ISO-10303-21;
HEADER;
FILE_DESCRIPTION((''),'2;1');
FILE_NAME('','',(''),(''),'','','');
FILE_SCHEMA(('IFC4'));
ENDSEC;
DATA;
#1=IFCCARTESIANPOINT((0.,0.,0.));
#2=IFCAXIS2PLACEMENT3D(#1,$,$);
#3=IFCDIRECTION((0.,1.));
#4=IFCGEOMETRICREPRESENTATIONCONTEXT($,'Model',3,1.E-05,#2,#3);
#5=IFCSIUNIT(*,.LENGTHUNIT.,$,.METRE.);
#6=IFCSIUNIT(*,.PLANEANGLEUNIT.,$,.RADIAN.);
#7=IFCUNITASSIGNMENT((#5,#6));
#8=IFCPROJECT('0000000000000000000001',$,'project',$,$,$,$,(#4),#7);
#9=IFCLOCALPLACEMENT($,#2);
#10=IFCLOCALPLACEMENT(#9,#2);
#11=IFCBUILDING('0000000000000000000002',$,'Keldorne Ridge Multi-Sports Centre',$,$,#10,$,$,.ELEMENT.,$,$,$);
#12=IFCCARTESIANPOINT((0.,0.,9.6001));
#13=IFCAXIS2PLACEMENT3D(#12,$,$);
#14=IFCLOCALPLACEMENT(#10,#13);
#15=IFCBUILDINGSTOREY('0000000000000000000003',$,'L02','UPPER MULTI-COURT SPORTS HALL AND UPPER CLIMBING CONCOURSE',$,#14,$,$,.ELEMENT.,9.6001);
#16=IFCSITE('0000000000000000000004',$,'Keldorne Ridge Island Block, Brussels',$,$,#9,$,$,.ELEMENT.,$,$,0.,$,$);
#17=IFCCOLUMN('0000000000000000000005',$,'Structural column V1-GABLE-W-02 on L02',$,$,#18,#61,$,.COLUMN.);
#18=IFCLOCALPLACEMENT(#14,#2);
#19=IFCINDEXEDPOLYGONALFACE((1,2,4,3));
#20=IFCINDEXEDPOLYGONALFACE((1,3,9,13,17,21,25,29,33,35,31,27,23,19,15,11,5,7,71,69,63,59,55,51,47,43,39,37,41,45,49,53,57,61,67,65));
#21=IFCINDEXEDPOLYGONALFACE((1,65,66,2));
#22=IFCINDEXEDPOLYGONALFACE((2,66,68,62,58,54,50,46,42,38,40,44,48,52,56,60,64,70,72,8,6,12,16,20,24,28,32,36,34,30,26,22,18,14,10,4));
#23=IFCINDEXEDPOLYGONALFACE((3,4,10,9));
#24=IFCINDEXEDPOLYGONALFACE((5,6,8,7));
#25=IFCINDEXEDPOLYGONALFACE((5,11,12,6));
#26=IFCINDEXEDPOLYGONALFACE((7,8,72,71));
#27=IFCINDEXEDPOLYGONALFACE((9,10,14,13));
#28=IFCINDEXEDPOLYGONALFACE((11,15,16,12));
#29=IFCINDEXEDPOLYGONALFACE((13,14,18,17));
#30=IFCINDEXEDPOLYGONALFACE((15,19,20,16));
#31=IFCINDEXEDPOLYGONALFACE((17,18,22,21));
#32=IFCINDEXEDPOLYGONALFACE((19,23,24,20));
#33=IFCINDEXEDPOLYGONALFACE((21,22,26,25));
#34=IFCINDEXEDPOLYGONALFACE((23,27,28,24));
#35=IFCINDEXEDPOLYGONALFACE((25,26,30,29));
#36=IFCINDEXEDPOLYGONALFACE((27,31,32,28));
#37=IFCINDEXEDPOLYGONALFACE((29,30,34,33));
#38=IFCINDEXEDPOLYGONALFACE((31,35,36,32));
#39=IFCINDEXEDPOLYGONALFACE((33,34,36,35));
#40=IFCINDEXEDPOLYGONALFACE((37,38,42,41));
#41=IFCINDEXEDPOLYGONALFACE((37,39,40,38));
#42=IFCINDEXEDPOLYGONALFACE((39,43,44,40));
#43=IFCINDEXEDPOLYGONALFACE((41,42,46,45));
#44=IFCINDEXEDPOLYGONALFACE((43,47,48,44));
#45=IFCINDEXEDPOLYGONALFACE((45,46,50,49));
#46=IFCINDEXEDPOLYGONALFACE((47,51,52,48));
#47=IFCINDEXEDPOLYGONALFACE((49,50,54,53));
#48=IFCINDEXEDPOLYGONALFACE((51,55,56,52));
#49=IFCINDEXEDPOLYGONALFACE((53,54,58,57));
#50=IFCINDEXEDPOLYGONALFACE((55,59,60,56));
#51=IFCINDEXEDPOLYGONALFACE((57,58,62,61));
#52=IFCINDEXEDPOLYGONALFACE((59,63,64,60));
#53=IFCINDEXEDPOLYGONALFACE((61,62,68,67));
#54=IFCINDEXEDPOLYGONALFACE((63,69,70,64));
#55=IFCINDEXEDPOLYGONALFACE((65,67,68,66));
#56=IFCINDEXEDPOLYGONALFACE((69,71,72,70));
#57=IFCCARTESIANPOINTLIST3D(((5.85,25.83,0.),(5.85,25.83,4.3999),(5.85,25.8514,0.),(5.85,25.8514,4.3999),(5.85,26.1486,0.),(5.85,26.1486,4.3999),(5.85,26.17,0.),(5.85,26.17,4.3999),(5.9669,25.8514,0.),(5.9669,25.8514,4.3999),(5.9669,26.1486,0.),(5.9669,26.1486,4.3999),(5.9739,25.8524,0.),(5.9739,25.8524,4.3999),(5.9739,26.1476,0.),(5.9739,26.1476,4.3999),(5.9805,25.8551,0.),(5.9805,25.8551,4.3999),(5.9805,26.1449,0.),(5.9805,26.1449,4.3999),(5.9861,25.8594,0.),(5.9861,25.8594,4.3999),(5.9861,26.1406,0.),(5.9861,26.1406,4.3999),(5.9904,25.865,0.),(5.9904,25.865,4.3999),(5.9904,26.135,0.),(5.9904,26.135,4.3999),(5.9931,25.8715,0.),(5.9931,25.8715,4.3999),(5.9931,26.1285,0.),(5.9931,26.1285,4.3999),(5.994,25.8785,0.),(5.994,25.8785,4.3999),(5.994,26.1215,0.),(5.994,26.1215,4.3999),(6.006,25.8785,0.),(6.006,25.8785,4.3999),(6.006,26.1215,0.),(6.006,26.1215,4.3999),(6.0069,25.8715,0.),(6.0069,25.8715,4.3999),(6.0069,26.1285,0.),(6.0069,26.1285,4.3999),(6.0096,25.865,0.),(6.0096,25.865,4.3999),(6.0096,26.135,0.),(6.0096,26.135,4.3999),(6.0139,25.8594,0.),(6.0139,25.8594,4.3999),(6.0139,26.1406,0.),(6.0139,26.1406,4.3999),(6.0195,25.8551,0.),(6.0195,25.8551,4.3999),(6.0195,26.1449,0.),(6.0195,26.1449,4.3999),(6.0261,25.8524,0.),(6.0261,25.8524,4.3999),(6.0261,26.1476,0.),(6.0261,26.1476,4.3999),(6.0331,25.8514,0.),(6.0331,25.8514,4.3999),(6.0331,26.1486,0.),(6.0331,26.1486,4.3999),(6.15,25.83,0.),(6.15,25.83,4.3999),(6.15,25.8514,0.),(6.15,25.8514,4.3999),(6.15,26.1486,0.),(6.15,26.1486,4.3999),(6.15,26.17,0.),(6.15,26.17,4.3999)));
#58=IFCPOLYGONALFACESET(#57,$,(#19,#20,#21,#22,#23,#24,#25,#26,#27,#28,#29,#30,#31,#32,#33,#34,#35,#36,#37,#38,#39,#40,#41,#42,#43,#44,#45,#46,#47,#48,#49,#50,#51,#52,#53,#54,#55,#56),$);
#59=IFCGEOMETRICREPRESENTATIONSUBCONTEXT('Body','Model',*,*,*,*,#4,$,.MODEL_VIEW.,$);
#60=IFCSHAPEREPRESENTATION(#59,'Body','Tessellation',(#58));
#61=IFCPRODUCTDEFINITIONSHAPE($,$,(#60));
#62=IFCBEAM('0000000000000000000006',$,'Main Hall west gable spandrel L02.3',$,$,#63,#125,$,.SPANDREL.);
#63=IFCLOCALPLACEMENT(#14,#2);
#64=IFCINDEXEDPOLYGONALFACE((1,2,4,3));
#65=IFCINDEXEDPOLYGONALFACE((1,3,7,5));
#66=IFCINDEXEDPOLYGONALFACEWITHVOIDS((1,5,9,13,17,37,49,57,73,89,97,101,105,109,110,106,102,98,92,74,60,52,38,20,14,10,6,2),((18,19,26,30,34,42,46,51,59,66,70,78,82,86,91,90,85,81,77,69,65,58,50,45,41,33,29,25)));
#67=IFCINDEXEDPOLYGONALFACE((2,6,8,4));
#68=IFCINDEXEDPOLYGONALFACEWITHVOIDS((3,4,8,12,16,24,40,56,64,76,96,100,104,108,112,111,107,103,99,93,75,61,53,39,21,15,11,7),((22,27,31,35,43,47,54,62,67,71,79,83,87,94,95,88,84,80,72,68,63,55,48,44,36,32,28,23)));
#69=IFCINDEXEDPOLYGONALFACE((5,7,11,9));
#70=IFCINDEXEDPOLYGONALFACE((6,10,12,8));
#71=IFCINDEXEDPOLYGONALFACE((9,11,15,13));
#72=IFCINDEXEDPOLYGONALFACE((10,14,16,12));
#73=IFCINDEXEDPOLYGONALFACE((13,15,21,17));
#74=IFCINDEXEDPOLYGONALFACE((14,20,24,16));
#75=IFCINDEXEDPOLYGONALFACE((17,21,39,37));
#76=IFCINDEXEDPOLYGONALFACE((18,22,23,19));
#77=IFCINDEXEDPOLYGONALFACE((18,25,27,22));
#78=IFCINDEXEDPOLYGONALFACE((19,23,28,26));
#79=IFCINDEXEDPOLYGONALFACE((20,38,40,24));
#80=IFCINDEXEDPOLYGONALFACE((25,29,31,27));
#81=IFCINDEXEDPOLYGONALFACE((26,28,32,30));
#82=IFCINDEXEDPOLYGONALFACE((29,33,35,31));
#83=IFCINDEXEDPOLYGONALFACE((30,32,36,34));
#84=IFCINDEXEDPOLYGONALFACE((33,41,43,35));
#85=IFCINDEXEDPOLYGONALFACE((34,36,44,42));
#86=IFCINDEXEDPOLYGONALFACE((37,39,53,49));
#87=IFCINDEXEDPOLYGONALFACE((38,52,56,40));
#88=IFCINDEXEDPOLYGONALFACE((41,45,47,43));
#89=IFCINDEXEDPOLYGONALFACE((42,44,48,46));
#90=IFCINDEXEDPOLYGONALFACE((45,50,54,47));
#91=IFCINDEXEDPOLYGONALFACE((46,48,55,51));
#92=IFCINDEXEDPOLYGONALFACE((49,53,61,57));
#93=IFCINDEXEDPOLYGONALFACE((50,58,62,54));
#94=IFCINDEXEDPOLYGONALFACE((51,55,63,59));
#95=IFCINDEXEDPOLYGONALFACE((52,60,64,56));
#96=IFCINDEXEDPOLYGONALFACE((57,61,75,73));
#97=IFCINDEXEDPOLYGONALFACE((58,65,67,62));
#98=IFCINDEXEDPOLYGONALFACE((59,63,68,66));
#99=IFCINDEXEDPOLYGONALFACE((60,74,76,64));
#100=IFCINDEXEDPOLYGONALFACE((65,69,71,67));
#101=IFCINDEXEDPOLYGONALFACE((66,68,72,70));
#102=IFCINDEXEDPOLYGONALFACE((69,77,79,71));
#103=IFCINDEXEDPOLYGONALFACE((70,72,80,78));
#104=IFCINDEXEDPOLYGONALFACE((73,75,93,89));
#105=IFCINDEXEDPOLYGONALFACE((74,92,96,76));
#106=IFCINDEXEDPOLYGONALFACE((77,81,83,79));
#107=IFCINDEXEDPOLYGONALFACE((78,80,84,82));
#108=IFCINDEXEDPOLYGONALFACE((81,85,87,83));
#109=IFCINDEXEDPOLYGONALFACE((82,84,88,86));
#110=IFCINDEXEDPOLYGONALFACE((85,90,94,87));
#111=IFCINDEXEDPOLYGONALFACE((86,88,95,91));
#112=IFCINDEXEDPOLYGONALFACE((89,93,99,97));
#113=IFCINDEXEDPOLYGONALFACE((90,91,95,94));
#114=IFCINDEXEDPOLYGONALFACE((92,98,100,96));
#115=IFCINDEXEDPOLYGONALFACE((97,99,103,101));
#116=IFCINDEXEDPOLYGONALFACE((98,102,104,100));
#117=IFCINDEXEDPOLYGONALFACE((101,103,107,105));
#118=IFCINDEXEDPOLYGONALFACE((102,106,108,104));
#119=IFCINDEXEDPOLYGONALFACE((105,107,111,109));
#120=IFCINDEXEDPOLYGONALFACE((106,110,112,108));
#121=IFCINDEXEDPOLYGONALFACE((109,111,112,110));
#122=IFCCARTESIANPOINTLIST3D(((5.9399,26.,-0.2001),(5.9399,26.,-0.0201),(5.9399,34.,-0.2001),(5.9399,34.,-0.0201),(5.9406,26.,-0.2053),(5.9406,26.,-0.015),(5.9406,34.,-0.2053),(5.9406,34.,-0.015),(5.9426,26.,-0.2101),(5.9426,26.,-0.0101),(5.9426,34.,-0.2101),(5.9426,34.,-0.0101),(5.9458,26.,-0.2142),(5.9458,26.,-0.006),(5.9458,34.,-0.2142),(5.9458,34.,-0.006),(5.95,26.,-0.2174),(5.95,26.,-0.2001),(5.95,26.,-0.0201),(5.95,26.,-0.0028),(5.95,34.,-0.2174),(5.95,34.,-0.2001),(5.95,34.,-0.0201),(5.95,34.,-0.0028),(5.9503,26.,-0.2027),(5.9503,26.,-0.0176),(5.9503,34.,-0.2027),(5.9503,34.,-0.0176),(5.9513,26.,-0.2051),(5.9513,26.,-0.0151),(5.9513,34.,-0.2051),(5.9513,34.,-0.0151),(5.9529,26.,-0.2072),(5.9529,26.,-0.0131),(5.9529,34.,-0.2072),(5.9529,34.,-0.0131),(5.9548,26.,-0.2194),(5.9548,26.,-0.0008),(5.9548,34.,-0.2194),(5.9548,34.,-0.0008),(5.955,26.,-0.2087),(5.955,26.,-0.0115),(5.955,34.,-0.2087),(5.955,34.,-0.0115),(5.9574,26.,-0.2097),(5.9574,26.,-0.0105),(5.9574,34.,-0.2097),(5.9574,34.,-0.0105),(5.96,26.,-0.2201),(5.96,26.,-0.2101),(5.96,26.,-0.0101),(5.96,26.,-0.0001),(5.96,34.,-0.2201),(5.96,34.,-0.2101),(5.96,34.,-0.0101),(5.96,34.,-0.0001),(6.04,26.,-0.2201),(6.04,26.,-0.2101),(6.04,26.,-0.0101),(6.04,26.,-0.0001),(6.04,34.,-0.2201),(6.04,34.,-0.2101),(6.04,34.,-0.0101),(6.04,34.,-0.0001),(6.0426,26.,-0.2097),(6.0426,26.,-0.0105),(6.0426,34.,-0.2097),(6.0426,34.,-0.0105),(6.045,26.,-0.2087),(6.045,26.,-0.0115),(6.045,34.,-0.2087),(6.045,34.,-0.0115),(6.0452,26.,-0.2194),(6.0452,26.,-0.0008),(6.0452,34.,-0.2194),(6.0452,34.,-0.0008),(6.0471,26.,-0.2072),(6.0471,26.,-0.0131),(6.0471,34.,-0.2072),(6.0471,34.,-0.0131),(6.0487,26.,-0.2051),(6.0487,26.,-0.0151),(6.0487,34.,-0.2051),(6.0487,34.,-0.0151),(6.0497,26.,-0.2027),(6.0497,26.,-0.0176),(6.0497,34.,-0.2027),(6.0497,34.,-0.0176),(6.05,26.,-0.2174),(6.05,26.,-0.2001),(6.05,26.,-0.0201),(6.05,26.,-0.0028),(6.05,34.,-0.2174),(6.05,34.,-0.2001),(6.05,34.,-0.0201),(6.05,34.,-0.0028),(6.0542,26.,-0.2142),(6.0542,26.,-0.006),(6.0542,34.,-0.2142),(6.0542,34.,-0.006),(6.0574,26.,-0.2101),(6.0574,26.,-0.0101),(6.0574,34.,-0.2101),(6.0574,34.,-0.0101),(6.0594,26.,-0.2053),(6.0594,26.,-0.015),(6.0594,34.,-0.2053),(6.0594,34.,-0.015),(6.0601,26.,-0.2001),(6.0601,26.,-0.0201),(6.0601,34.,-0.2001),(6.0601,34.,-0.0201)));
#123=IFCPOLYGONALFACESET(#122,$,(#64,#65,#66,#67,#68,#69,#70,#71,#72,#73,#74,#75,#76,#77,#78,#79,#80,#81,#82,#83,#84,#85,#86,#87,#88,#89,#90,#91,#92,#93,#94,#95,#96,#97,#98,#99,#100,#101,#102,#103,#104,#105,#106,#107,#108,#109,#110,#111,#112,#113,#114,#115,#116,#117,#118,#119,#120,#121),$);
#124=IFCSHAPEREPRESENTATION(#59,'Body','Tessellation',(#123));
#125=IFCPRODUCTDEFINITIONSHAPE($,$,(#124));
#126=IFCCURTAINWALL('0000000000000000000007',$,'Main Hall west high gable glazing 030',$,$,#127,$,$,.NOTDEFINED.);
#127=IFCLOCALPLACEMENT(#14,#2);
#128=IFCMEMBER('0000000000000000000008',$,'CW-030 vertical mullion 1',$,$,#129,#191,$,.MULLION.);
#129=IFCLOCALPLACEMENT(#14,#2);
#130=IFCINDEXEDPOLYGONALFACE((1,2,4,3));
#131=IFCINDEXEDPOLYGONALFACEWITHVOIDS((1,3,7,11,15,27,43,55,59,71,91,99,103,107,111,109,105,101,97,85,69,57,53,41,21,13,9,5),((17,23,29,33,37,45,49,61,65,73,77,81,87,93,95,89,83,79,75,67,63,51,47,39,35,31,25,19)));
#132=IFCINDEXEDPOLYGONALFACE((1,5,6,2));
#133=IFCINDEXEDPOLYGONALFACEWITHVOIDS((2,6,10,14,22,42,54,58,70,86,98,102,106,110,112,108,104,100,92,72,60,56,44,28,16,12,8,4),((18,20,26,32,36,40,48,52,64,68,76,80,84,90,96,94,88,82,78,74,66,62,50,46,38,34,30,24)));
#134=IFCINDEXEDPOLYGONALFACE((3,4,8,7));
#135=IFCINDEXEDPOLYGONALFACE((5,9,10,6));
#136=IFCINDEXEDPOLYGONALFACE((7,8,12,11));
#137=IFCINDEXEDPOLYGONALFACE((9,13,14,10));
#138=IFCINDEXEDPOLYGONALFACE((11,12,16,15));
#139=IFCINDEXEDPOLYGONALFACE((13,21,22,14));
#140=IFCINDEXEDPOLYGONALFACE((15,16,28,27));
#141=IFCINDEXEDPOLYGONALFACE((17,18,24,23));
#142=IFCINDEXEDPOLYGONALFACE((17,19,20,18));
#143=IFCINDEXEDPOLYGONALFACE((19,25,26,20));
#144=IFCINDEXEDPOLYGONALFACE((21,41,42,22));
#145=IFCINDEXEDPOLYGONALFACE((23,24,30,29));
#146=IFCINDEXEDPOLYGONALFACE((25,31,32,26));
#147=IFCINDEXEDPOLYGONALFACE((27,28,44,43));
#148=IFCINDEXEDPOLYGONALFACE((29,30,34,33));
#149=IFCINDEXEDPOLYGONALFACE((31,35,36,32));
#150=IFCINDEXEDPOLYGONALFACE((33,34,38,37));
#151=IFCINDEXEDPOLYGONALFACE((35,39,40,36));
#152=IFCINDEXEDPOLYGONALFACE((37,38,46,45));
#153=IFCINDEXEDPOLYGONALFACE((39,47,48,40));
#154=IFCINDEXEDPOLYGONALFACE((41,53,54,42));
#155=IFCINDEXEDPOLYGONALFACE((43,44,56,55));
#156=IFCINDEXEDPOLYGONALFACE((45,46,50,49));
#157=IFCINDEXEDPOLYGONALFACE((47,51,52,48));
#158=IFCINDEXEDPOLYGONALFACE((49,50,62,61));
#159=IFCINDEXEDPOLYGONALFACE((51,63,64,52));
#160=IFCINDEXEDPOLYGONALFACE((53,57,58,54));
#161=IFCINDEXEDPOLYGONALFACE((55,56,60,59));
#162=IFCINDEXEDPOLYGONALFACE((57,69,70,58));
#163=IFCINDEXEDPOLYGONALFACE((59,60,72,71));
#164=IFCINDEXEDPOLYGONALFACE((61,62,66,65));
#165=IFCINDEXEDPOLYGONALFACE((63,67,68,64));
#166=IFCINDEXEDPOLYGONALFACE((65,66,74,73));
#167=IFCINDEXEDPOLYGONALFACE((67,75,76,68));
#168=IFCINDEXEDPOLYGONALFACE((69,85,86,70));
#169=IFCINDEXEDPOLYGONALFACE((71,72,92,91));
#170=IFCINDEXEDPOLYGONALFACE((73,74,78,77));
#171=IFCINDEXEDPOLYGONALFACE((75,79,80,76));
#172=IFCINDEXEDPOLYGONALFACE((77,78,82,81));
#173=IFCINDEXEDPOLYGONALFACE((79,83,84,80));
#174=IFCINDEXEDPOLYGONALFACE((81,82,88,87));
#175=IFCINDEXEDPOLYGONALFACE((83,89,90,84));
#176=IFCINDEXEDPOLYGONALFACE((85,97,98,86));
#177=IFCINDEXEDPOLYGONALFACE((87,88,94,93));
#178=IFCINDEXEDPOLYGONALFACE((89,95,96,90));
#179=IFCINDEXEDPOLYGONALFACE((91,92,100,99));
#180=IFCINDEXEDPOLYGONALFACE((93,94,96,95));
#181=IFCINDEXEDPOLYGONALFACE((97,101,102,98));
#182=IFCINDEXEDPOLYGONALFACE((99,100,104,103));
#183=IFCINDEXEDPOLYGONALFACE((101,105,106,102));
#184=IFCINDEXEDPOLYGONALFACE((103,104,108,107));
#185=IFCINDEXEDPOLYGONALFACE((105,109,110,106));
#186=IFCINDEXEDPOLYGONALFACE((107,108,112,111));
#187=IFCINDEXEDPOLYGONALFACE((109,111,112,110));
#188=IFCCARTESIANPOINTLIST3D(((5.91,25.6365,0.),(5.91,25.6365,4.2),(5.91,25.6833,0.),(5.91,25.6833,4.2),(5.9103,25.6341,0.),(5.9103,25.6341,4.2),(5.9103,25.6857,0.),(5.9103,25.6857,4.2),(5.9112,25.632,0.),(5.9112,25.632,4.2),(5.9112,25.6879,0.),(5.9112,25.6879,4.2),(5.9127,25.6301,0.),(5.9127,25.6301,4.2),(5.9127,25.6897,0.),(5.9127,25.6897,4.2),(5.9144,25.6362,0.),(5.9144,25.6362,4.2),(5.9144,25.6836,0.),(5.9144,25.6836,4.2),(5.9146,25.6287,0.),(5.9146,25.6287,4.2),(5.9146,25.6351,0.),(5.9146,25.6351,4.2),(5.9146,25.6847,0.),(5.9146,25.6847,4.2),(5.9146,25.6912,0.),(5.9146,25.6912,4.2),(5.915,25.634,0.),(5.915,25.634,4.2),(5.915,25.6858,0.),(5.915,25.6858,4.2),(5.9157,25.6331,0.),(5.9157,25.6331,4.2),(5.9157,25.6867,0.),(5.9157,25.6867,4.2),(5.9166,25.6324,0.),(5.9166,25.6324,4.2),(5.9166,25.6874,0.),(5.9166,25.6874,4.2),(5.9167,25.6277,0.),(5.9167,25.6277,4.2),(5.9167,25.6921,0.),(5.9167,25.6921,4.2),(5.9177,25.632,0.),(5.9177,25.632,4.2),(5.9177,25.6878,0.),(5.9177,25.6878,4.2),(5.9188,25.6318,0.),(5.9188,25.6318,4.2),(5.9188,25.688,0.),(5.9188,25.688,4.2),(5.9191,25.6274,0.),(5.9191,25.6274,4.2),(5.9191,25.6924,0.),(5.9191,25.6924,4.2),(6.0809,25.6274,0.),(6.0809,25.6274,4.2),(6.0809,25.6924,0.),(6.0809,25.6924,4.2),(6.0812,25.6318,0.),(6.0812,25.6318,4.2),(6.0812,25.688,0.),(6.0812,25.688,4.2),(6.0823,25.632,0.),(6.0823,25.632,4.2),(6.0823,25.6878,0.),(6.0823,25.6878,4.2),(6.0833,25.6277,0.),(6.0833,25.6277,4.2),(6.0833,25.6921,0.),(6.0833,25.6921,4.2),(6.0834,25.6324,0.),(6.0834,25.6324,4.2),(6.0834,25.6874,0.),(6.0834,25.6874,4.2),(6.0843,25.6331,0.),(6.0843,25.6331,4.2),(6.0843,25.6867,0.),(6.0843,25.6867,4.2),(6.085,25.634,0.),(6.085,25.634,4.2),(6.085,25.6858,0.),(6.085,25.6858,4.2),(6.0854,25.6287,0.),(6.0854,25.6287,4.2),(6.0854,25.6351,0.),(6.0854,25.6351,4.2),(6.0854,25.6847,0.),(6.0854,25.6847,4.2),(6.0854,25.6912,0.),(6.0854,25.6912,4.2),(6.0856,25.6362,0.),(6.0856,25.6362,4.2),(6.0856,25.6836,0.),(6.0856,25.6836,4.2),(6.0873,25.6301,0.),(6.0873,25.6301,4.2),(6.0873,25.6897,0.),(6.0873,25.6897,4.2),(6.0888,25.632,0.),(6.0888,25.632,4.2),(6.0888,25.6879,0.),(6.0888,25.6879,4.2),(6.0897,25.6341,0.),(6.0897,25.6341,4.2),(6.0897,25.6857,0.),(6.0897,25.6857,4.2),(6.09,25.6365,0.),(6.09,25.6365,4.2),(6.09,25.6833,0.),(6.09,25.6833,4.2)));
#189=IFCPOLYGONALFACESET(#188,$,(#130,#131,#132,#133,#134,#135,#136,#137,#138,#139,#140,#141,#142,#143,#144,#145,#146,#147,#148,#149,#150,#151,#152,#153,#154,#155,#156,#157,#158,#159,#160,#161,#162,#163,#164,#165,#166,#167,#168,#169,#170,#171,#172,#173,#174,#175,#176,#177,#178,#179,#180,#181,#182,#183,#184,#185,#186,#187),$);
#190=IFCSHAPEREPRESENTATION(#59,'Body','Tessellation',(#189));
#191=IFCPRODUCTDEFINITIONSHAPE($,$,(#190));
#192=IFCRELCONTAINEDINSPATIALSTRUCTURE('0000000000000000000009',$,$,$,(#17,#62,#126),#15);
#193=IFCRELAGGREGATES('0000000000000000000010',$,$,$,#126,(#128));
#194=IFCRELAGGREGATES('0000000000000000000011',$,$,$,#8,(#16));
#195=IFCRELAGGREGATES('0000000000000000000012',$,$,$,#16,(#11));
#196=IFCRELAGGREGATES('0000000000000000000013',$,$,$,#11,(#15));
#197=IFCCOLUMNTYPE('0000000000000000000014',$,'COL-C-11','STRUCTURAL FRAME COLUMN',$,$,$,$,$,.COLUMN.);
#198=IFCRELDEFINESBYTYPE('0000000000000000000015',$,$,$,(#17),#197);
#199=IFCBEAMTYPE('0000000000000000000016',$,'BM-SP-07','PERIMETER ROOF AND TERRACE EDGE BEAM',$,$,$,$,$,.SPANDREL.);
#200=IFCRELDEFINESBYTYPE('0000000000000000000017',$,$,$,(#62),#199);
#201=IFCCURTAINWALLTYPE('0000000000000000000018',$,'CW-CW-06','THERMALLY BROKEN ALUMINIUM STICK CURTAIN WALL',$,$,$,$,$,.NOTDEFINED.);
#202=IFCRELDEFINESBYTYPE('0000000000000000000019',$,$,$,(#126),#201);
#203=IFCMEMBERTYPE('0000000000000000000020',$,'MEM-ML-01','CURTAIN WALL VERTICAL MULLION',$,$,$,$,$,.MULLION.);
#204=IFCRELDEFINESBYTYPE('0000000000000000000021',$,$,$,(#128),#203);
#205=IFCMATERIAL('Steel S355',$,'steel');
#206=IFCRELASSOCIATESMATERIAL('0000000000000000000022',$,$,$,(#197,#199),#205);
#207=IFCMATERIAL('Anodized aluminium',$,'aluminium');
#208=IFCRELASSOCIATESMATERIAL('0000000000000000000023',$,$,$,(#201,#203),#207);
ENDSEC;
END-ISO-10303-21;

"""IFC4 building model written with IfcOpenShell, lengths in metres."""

from ifc_helpers import new_model, si_unit, direction, frame, origin, origin_2d, place, context, subcontext, project, spatial, hollow_rectangle, i_section, extrude, material, material_profile, profile_set, type_object, element, aggregate, save


model = new_model("IFC4")

# Units and contexts
model_context = context("Model", 3, precision=1e-05, world=origin(), true_north=direction((0.0, 1.0)))
body_context = subcontext(model_context, "Body", "Model", "MODEL_VIEW")
ifc_project = project(units=[si_unit("LENGTHUNIT", "METRE"), si_unit("PLANEANGLEUNIT", "RADIAN")], contexts=[model_context])

# Site, building, storey
site_placement = place(None, origin())
site = spatial("IfcSite", under=ifc_project, at=site_placement, Name="Keldorne Ridge Island Block, Brussels", CompositionType="ELEMENT", RefElevation=0.0)
building_placement = place(site_placement, origin())
building = spatial("IfcBuilding", under=site, at=building_placement, Name="Keldorne Ridge Multi-Sports Centre", CompositionType="ELEMENT")
storey_placement = place(building_placement, frame((0.0, 0.0, 9.6001)))
storey = spatial("IfcBuildingStorey", under=building, at=storey_placement, Name="L02", Description="UPPER MULTI-COURT SPORTS HALL AND UPPER CLIMBING CONCOURSE", CompositionType="ELEMENT", Elevation=9.6001)

# Column
ifc_material_1 = material(Name="Steel S355", Category="steel")
ifc_material_profile_1 = material_profile(ifc_material_1, i_section(OverallWidth=0.3, OverallDepth=0.3401, WebThickness=0.012, FlangeThickness=0.0215, FilletRadius=0.0271, at=origin_2d()), Name="HEB 340")
ifc_profile_set_1 = profile_set([ifc_material_profile_1], Name="Steel S355")
column_type = type_object("IfcColumnType", Name="COL-C-11", Description="STRUCTURAL FRAME COLUMN", PredefinedType="COLUMN", material=ifc_profile_set_1)
column_placement = place(storey_placement, frame((6.0, 26.0, 0.0), z_axis=(0.0, 0.0, 1.0), x_axis=(1.0, 0.0, 0.0)))
element("IfcColumn", 1, at=column_placement, inside=storey, type_object=column_type, Name="Structural column V1-GABLE-W-02 on L02", PredefinedType="COLUMN", context=body_context, shape_type="SweptSolid", body=[
    extrude(i_section(OverallWidth=0.3, OverallDepth=0.3401, WebThickness=0.012, FlangeThickness=0.0215, FilletRadius=0.0271, at=origin_2d()), origin(), (0.0, 0.0, 1.0), 4.3999),
])

# Beam
ifc_material_profile_2 = material_profile(ifc_material_1, hollow_rectangle(XDim=0.1201, YDim=0.22, WallThickness=0.01, InnerFilletRadius=0.01, OuterFilletRadius=0.02, at=origin_2d()), Name="RHS 220x120x10")
ifc_profile_set_2 = profile_set([ifc_material_profile_2], Name="Steel S355")
beam_type = type_object("IfcBeamType", Name="BM-SP-07", Description="PERIMETER ROOF AND TERRACE EDGE BEAM", PredefinedType="SPANDREL", material=ifc_profile_set_2)
beam_placement = place(storey_placement, frame((6.0, 26.0, -0.1101), z_axis=(0.0, 1.0, 0.0), x_axis=(-1.0, 0.0, 0.0)))
element("IfcBeam", 2, at=beam_placement, inside=storey, type_object=beam_type, Name="Main Hall west gable spandrel L02.3", PredefinedType="SPANDREL", context=body_context, shape_type="SweptSolid", body=[
    extrude(hollow_rectangle(XDim=0.1201, YDim=0.22, WallThickness=0.01, InnerFilletRadius=0.01, OuterFilletRadius=0.02, at=origin_2d()), origin(), (0.0, 0.0, 1.0), 8.0),
])

# Curtain wall, member
ifc_material_2 = material(Name="Anodized aluminium", Category="aluminium")
curtain_wall_type_1 = type_object("IfcCurtainWallType", Name="CW-CW-06", Description="THERMALLY BROKEN ALUMINIUM STICK CURTAIN WALL", PredefinedType="NOTDEFINED", material=ifc_material_2)
curtain_wall_1_placement = place(storey_placement, origin())
curtain_wall_1 = element("IfcCurtainWall", 3, at=curtain_wall_1_placement, inside=storey, type_object=curtain_wall_type_1, Name="Main Hall west high gable glazing 030", PredefinedType="NOTDEFINED")
ifc_material_profile_3 = material_profile(ifc_material_2, hollow_rectangle(XDim=0.0649, YDim=0.1799, WallThickness=0.0044, InnerFilletRadius=0.0044, OuterFilletRadius=0.009, at=origin_2d()), Name="ALU MULLION 180x65x4.5")
ifc_profile_set_3 = profile_set([ifc_material_profile_3], Name="Anodized aluminium")
member_type_1 = type_object("IfcMemberType", Name="MEM-ML-01", Description="CURTAIN WALL VERTICAL MULLION", PredefinedType="MULLION", material=ifc_profile_set_3)
member_1_placement = place(storey_placement, frame((6.0, 25.6599, 0.0), z_axis=(0.0, 0.0, 1.0), x_axis=(0.0, 1.0, 0.0)))
member_1 = element("IfcMember", 4, at=member_1_placement, type_object=member_type_1, Name="CW-030 vertical mullion 1", PredefinedType="MULLION", context=body_context, shape_type="SweptSolid", body=[
    extrude(hollow_rectangle(XDim=0.0649, YDim=0.1799, WallThickness=0.0044, InnerFilletRadius=0.0044, OuterFilletRadius=0.009, at=origin_2d()), origin(), (0.0, 0.0, 1.0), 4.2),
])

aggregate(curtain_wall_1, [member_1])

save(model, "model.ifc")
